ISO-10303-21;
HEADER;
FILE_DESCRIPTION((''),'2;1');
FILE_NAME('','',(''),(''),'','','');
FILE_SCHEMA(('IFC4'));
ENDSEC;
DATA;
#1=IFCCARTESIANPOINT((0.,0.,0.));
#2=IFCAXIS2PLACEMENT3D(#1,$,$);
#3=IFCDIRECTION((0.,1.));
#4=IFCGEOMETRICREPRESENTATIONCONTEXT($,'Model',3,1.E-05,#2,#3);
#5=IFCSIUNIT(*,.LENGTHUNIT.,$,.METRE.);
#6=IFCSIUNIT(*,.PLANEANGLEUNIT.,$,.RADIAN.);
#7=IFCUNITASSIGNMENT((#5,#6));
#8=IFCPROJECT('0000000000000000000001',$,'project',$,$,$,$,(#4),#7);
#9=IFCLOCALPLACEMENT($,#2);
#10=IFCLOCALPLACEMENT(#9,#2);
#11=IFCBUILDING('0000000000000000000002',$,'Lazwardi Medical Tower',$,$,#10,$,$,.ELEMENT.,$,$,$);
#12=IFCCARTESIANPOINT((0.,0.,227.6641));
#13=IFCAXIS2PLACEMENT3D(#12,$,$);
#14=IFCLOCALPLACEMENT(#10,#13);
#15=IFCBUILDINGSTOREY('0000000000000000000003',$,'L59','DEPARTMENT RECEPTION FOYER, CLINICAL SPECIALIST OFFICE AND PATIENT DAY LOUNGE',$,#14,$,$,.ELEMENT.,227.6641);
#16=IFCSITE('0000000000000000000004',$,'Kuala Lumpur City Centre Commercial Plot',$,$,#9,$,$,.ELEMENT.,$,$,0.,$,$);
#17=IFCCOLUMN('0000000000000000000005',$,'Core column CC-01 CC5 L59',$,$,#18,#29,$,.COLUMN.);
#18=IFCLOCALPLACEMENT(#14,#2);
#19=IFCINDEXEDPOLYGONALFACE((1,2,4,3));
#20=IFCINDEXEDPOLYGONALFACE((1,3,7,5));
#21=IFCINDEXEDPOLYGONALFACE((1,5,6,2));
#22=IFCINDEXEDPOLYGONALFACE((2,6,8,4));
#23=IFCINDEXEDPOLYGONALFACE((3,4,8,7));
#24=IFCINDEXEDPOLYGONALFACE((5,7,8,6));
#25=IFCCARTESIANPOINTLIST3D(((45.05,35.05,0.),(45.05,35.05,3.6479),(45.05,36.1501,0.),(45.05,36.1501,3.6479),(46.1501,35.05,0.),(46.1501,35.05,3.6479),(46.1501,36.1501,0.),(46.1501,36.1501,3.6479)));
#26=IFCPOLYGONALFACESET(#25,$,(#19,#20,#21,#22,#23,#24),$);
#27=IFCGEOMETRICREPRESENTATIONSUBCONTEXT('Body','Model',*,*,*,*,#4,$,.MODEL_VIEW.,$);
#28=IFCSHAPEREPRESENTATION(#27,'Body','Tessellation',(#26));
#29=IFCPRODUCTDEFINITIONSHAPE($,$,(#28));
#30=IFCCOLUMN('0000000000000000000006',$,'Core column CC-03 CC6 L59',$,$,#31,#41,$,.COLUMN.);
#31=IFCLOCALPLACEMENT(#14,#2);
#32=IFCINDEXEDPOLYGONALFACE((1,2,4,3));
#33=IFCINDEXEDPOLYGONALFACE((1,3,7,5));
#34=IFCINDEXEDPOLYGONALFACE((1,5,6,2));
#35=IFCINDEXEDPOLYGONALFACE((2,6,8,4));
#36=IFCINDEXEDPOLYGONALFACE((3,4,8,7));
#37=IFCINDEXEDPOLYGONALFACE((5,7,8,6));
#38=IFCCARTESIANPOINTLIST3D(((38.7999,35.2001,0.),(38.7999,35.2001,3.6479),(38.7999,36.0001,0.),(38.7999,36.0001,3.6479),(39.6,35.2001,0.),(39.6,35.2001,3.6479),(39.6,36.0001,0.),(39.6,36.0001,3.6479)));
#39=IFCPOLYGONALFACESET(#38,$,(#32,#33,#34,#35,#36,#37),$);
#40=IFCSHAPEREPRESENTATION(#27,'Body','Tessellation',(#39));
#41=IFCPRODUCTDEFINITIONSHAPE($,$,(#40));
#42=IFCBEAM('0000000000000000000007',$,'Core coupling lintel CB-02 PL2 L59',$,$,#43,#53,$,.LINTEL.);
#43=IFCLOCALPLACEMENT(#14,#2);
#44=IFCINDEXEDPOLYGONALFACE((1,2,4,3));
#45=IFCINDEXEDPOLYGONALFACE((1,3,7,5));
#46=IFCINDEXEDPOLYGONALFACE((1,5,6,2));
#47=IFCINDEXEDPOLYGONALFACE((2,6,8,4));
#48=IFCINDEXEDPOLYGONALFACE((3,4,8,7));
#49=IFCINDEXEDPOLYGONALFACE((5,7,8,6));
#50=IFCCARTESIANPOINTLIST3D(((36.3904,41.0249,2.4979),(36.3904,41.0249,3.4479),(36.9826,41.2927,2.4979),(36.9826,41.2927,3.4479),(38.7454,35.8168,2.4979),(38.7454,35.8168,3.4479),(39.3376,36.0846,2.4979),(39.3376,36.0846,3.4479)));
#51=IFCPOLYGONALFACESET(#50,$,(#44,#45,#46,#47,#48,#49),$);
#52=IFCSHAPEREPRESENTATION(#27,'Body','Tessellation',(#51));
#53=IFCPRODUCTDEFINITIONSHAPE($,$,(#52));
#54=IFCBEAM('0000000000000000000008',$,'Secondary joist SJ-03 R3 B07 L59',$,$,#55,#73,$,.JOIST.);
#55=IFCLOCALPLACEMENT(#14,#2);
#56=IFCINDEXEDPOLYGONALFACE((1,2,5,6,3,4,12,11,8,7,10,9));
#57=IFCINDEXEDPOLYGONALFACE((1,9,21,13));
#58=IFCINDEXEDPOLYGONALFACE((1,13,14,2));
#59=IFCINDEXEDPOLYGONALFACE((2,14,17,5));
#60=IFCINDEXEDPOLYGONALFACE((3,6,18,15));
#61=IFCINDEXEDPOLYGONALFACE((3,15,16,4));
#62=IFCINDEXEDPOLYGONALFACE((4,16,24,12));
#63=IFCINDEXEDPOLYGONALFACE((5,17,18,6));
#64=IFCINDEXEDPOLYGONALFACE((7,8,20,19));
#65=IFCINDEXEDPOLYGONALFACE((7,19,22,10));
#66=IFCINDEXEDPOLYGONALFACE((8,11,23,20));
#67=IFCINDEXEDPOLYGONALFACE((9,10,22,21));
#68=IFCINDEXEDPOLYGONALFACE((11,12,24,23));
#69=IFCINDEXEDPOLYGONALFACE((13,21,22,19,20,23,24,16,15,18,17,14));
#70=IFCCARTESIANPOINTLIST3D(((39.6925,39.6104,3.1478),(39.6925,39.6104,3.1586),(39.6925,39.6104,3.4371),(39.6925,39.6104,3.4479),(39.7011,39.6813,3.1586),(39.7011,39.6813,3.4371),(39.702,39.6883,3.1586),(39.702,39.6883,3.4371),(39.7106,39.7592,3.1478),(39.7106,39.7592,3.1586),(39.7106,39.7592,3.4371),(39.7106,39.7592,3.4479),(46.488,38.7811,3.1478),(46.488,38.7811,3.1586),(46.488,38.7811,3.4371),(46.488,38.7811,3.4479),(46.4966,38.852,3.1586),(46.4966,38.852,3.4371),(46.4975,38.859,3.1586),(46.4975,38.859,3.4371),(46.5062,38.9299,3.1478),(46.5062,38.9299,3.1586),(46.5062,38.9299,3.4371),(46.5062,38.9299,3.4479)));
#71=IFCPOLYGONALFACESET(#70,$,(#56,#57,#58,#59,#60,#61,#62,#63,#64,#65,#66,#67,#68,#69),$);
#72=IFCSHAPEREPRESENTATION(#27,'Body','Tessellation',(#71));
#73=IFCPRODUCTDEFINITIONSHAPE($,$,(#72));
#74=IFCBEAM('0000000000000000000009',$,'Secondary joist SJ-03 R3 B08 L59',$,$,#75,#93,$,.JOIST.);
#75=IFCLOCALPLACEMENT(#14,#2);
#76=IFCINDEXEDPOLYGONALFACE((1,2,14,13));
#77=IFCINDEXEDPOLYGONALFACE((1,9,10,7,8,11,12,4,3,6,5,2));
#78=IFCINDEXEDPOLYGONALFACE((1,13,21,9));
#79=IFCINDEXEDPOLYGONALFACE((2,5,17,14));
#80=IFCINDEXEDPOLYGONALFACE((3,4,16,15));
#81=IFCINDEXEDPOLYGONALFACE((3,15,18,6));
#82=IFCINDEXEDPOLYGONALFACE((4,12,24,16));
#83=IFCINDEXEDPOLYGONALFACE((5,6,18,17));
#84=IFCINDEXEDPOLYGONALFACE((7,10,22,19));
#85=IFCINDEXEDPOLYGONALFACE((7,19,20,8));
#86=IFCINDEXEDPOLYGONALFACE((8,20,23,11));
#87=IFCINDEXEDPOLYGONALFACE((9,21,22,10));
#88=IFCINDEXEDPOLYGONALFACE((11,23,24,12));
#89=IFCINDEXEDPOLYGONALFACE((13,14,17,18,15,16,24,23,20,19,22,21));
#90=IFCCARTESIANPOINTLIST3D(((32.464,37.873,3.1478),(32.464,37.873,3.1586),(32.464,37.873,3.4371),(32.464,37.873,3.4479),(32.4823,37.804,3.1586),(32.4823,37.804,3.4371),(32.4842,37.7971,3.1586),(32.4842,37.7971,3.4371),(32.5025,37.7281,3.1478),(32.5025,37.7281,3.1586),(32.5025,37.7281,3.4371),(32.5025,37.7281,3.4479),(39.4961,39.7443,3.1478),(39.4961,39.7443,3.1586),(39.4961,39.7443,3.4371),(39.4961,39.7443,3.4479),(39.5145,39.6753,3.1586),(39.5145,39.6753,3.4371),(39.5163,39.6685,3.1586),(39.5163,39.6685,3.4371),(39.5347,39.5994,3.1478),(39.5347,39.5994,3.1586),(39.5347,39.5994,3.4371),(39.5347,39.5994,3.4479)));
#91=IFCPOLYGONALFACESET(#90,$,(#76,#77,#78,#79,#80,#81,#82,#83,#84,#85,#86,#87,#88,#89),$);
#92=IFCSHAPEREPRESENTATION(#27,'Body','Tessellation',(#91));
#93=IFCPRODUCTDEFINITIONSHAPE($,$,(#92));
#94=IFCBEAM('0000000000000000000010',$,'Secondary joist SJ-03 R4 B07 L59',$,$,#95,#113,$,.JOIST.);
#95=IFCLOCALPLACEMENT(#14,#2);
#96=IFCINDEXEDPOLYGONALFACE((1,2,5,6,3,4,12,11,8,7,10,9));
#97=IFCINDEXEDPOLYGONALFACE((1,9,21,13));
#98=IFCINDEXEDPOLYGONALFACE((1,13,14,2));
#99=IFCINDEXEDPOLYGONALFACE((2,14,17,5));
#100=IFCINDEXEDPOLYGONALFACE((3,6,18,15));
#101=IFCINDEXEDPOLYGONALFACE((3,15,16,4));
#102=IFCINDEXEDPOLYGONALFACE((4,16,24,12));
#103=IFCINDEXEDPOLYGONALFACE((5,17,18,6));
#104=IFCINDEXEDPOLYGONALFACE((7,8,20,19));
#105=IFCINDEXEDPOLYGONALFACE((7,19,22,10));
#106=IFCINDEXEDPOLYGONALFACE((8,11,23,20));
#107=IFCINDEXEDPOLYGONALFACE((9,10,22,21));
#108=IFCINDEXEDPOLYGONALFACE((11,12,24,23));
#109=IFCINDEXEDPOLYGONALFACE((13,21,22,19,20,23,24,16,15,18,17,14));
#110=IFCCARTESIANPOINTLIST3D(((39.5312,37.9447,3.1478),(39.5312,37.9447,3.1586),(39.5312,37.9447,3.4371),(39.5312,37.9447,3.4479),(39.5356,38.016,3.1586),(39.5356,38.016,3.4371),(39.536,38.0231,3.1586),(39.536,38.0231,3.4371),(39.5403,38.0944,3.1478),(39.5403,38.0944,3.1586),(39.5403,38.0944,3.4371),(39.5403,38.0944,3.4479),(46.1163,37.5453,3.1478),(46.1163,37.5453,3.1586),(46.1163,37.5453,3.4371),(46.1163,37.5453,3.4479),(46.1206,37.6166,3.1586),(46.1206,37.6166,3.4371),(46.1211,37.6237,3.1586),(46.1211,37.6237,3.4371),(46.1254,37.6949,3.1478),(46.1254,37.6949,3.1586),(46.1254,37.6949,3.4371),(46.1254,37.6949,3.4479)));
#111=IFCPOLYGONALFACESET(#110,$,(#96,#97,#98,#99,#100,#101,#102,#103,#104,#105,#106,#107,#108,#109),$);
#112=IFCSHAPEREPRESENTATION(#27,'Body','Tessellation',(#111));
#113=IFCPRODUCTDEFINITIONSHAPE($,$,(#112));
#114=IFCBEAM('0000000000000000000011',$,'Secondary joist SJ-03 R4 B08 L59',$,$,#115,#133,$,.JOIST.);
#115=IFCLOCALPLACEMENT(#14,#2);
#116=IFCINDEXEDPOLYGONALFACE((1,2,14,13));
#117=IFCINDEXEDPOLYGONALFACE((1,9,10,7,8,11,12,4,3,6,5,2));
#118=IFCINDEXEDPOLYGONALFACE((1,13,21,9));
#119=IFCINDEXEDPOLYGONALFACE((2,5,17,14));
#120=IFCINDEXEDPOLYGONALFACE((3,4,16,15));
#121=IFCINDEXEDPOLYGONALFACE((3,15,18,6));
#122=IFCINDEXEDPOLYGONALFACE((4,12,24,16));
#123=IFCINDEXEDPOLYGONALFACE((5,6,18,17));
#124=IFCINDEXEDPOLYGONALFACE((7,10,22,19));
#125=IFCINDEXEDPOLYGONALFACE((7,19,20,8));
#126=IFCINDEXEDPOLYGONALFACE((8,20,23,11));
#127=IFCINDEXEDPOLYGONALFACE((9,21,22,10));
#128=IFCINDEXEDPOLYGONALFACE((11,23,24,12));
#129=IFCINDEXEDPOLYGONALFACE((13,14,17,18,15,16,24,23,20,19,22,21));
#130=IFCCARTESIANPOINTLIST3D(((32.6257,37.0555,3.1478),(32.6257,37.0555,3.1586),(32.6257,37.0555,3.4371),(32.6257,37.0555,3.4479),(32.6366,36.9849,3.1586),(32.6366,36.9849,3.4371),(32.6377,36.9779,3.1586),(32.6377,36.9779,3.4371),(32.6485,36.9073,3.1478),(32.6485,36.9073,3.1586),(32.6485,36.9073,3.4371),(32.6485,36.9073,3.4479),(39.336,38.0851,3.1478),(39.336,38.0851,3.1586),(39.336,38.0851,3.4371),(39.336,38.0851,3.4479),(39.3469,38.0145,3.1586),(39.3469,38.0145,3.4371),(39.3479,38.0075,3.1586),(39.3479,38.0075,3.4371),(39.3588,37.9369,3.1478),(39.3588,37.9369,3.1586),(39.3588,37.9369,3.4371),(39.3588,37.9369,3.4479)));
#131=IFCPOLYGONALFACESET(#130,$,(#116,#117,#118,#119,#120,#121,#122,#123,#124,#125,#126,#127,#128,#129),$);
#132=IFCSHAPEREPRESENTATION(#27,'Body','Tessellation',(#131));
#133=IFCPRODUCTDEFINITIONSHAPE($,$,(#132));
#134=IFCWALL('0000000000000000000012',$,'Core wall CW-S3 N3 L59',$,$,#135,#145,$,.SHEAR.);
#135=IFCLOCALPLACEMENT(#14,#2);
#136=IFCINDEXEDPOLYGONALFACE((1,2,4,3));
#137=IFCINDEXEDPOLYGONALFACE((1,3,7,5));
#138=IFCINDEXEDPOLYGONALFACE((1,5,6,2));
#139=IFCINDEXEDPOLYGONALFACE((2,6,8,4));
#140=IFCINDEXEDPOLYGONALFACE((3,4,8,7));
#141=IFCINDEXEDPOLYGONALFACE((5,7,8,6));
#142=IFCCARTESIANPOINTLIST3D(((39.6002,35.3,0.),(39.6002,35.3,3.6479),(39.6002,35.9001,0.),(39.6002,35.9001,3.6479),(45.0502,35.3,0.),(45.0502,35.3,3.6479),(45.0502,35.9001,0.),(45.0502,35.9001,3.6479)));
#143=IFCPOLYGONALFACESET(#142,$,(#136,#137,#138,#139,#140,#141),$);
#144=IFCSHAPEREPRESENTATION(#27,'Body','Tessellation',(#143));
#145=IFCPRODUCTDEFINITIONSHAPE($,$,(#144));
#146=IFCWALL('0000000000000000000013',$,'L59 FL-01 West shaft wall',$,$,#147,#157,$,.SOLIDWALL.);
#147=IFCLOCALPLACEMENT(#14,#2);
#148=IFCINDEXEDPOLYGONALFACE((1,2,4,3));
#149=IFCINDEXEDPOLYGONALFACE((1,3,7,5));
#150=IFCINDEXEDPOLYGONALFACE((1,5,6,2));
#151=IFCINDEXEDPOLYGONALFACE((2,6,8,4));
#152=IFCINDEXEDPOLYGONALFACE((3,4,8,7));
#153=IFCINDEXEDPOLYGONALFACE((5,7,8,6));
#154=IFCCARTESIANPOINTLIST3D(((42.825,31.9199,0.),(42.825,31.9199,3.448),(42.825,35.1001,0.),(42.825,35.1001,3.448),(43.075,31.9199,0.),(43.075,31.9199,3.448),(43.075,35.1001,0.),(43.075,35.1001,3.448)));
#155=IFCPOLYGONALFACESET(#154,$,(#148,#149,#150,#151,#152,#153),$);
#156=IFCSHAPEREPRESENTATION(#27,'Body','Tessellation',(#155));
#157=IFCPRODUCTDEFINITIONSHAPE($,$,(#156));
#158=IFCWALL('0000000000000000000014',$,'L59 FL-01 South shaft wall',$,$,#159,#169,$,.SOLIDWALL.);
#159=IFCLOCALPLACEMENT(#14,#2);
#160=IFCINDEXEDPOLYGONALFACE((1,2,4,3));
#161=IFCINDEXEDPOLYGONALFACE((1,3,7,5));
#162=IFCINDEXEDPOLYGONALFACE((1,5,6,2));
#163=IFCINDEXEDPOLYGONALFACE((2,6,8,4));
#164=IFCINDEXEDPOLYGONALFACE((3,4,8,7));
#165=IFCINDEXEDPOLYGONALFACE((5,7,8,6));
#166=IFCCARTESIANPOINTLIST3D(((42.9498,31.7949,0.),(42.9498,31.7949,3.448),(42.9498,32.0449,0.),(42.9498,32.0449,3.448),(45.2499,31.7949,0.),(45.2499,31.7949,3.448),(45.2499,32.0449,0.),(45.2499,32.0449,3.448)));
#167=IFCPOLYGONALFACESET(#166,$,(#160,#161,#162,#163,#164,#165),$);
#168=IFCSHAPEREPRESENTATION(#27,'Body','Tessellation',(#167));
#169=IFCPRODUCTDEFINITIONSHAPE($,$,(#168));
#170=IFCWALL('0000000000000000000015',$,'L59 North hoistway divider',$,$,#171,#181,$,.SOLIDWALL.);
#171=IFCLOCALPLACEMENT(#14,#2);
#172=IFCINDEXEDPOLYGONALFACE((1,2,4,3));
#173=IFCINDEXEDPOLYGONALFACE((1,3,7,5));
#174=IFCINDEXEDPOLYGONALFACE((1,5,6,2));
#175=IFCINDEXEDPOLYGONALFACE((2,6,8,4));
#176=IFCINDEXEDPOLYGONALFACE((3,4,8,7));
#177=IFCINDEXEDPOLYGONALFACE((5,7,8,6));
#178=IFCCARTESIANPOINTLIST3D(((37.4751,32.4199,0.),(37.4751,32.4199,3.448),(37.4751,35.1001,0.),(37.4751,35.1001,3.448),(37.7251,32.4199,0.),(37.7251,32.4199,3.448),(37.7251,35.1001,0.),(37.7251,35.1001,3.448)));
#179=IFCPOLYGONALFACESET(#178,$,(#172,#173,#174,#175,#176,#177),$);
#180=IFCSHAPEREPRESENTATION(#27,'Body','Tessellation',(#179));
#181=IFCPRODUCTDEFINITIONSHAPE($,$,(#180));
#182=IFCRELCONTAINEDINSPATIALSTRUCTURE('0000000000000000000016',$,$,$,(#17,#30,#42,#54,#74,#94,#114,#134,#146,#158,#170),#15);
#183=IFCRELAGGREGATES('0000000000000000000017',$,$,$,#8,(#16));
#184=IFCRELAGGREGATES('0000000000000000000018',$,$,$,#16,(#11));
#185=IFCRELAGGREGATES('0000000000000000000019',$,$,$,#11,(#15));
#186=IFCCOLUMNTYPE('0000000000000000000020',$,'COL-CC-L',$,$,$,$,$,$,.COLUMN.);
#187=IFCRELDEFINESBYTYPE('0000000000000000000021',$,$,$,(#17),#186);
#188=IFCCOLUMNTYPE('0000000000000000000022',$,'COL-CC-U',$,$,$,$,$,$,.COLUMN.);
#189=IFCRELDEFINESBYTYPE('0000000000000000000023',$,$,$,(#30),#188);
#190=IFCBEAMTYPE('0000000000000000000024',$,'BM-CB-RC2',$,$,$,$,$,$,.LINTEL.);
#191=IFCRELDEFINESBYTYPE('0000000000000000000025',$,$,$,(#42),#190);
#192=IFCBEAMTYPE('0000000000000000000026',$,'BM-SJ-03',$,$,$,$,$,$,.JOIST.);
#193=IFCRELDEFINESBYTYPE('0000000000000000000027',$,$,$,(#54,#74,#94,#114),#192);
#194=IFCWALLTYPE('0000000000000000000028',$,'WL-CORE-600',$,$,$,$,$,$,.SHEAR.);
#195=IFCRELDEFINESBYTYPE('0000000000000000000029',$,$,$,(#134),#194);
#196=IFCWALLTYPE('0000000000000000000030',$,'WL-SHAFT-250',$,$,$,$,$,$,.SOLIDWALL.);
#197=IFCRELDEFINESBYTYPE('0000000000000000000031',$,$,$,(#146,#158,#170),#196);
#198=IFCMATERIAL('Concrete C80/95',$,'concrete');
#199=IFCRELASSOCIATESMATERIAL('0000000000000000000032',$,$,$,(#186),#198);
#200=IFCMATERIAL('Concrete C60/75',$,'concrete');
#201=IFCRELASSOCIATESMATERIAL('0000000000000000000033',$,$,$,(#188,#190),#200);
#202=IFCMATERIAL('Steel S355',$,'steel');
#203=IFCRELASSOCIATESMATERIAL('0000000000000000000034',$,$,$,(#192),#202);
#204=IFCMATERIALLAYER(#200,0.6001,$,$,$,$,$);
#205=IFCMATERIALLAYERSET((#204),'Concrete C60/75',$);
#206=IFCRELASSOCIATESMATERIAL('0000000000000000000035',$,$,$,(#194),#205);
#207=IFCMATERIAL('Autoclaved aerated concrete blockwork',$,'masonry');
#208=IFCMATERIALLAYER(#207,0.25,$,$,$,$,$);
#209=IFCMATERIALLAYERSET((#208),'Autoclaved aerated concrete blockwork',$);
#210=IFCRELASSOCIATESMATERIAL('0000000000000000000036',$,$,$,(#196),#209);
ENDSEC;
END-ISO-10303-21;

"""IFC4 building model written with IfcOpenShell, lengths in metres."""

from ifc_helpers import new_model, si_unit, direction, frame, frame_2d, origin, origin_2d, place, context, subcontext, project, spatial, rectangle, i_section, extrude, material, layer, layer_set, material_profile, profile_set, type_object, element, save


model = new_model("IFC4")

# Units and contexts
model_context = context("Model", 3, precision=1e-05, world=origin(), true_north=direction((0.0, 1.0)))
body_context = subcontext(model_context, "Body", "Model", "MODEL_VIEW")
ifc_project = project(units=[si_unit("LENGTHUNIT", "METRE"), si_unit("PLANEANGLEUNIT", "RADIAN")], contexts=[model_context])

# Site, building, storey
site_placement = place(None, origin())
site = spatial("IfcSite", under=ifc_project, at=site_placement, Name="Kuala Lumpur City Centre Commercial Plot", CompositionType="ELEMENT", RefElevation=0.0)
building_placement = place(site_placement, origin())
building = spatial("IfcBuilding", under=site, at=building_placement, Name="Lazwardi Medical Tower", CompositionType="ELEMENT")
storey_placement = place(building_placement, frame((0.0, 0.0, 227.6641)))
storey = spatial("IfcBuildingStorey", under=building, at=storey_placement, Name="L59", Description="DEPARTMENT RECEPTION FOYER, CLINICAL SPECIALIST OFFICE AND PATIENT DAY LOUNGE", CompositionType="ELEMENT", Elevation=227.6641)

# Columns
ifc_material_1 = material(Name="Concrete C80/95", Category="concrete")
ifc_material_profile_1 = material_profile(ifc_material_1, rectangle(XDim=1.1001, YDim=1.1001, at=origin_2d()), Name="RC 1100x1100")
ifc_profile_set_1 = profile_set([ifc_material_profile_1], Name="Concrete C80/95")
column_type_1 = type_object("IfcColumnType", Name="COL-CC-L", PredefinedType="COLUMN", material=ifc_profile_set_1)
column_1_placement = place(storey_placement, frame((45.6001, 35.6001, 0.0), z_axis=(0.0, 0.0, 1.0), x_axis=(1.0, 0.0, 0.0)))
element("IfcColumn", 1, at=column_1_placement, inside=storey, type_object=column_type_1, Name="Core column CC-01 CC5 L59", PredefinedType="COLUMN", context=body_context, shape_type="SweptSolid", body=[
    extrude(rectangle(XDim=1.1001, YDim=1.1001, at=origin_2d()), origin(), (0.0, 0.0, 1.0), 3.6479),
])
ifc_material_2 = material(Name="Concrete C60/75", Category="concrete")
ifc_material_profile_2 = material_profile(ifc_material_2, rectangle(XDim=0.8, YDim=0.8, at=origin_2d()), Name="RC 800x800")
ifc_profile_set_2 = profile_set([ifc_material_profile_2], Name="Concrete C60/75")
column_type_2 = type_object("IfcColumnType", Name="COL-CC-U", PredefinedType="COLUMN", material=ifc_profile_set_2)
column_2_placement = place(storey_placement, frame((39.2, 35.6001, 0.0), z_axis=(0.0, 0.0, 1.0), x_axis=(1.0, 0.0, 0.0)))
element("IfcColumn", 2, at=column_2_placement, inside=storey, type_object=column_type_2, Name="Core column CC-03 CC6 L59", PredefinedType="COLUMN", context=body_context, shape_type="SweptSolid", body=[
    extrude(rectangle(XDim=0.8, YDim=0.8, at=origin_2d()), origin(), (0.0, 0.0, 1.0), 3.6479),
])

# Beams
ifc_material_profile_3 = material_profile(ifc_material_2, rectangle(XDim=0.6499, YDim=0.95, at=origin_2d()), Name="RC 650x950")
ifc_profile_set_3 = profile_set([ifc_material_profile_3], Name="Concrete C60/75")
beam_type_1 = type_object("IfcBeamType", Name="BM-CB-RC2", PredefinedType="LINTEL", material=ifc_profile_set_3)
beam_1_placement = place(storey_placement, frame((39.0415, 35.9507, 2.9729), z_axis=(-0.412019, 0.911175, 0.0), x_axis=(-0.911175, -0.412019, 0.0)))
element("IfcBeam", 3, at=beam_1_placement, inside=storey, type_object=beam_type_1, Name="Core coupling lintel CB-02 PL2 L59", PredefinedType="LINTEL", context=body_context, shape_type="SweptSolid", body=[
    extrude(rectangle(XDim=0.6499, YDim=0.95, at=origin_2d()), origin(), (0.0, 0.0, 1.0), 5.7158),
])
ifc_material_3 = material(Name="Steel S355", Category="steel")
ifc_material_profile_4 = material_profile(ifc_material_3, i_section(OverallWidth=0.1499, OverallDepth=0.3, WebThickness=0.0071, FlangeThickness=0.0107, at=origin_2d()), Name="IPE 300")
ifc_profile_set_4 = profile_set([ifc_material_profile_4], Name="Steel S355")
beam_type_2 = type_object("IfcBeamType", Name="BM-SJ-03", PredefinedType="JOIST", material=ifc_profile_set_4)
beam_2_placement = place(storey_placement, frame((46.4971, 38.8555, 3.2979), z_axis=(-0.992635, 0.121146, 0.0), x_axis=(-0.121146, -0.992635, 0.0)))
element("IfcBeam", 4, at=beam_2_placement, inside=storey, type_object=beam_type_2, Name="Secondary joist SJ-03 R3 B07 L59", PredefinedType="JOIST", context=body_context, shape_type="SweptSolid", body=[
    extrude(i_section(OverallWidth=0.1499, OverallDepth=0.3, WebThickness=0.0071, FlangeThickness=0.0107, at=origin_2d()), origin(), (0.0, 0.0, 1.0), 6.8459),
])
beam_3_placement = place(storey_placement, frame((39.5154, 39.6719, 3.2979), z_axis=(-0.966369, -0.257159, 0.0), x_axis=(0.257159, -0.966369, 0.0)))
element("IfcBeam", 5, at=beam_3_placement, inside=storey, type_object=beam_type_2, Name="Secondary joist SJ-03 R3 B08 L59", PredefinedType="JOIST", context=body_context, shape_type="SweptSolid", body=[
    extrude(i_section(OverallWidth=0.1499, OverallDepth=0.3, WebThickness=0.0071, FlangeThickness=0.0107, at=origin_2d()), origin(), (0.0, 0.0, 1.0), 7.2769),
])
beam_4_placement = place(storey_placement, frame((46.1208, 37.6201, 3.2979), z_axis=(-0.998166, 0.060544, 0.0), x_axis=(-0.060544, -0.998166, 0.0)))
element("IfcBeam", 6, at=beam_4_placement, inside=storey, type_object=beam_type_2, Name="Secondary joist SJ-03 R4 B07 L59", PredefinedType="JOIST", context=body_context, shape_type="SweptSolid", body=[
    extrude(i_section(OverallWidth=0.1499, OverallDepth=0.3, WebThickness=0.0071, FlangeThickness=0.0107, at=origin_2d()), origin(), (0.0, 0.0, 1.0), 6.5972),
])
beam_5_placement = place(storey_placement, frame((39.3474, 38.011, 3.2979), z_axis=(-0.988434, -0.151655, 0.0), x_axis=(0.151655, -0.988434, 0.0)))
element("IfcBeam", 7, at=beam_5_placement, inside=storey, type_object=beam_type_2, Name="Secondary joist SJ-03 R4 B08 L59", PredefinedType="JOIST", context=body_context, shape_type="SweptSolid", body=[
    extrude(i_section(OverallWidth=0.1499, OverallDepth=0.3, WebThickness=0.0071, FlangeThickness=0.0107, at=origin_2d()), origin(), (0.0, 0.0, 1.0), 6.7888),
])

# Walls
ifc_layer_1 = layer(ifc_material_2, 0.6001)
ifc_layer_set_1 = layer_set([ifc_layer_1], Name="Concrete C60/75")
wall_type_1 = type_object("IfcWallType", Name="WL-CORE-600", PredefinedType="SHEAR", material=ifc_layer_set_1)
wall_1_placement = place(storey_placement, frame((39.6001, 35.6001, 0.0), z_axis=(0.0, 0.0, 1.0), x_axis=(1.0, 0.0, 0.0)))
element("IfcWall", 8, at=wall_1_placement, inside=storey, type_object=wall_type_1, Name="Core wall CW-S3 N3 L59", PredefinedType="SHEAR", context=body_context, shape_type="SweptSolid", body=[
    extrude(rectangle(XDim=5.45, YDim=0.6001, at=frame_2d((2.7251, 0.0))), origin(), (0.0, 0.0, 1.0), 3.6479),
])
ifc_material_4 = material(Name="Autoclaved aerated concrete blockwork", Category="masonry")
ifc_layer_2 = layer(ifc_material_4, 0.25)
ifc_layer_set_2 = layer_set([ifc_layer_2], Name="Autoclaved aerated concrete blockwork")
wall_type_2 = type_object("IfcWallType", Name="WL-SHAFT-250", PredefinedType="SOLIDWALL", material=ifc_layer_set_2)
wall_2_placement = place(storey_placement, frame((42.95, 31.9199, 0.0), z_axis=(0.0, 0.0, 1.0), x_axis=(0.0, 1.0, 0.0)))
element("IfcWall", 9, at=wall_2_placement, inside=storey, type_object=wall_type_2, Name="L59 FL-01 West shaft wall", PredefinedType="SOLIDWALL", context=body_context, shape_type="SweptSolid", body=[
    extrude(rectangle(XDim=3.1802, YDim=0.25, at=frame_2d((1.5901, 0.0))), origin(), (0.0, 0.0, 1.0), 3.448),
])
wall_3_placement = place(storey_placement, frame((42.95, 31.9199, 0.0), z_axis=(0.0, 0.0, 1.0), x_axis=(1.0, 0.0, 0.0)))
element("IfcWall", 10, at=wall_3_placement, inside=storey, type_object=wall_type_2, Name="L59 FL-01 South shaft wall", PredefinedType="SOLIDWALL", context=body_context, shape_type="SweptSolid", body=[
    extrude(rectangle(XDim=2.3, YDim=0.25, at=frame_2d((1.1499, 0.0))), origin(), (0.0, 0.0, 1.0), 3.448),
])
for number, where, z_axis, x_axis, name in (
    (11, (37.6001, 32.4199, 0.0), (0.0, 0.0, 1.0), (0.0, 1.0, 0.0), "L59 North hoistway divider"),
):
    element("IfcWall", number, at=place(storey_placement, frame(where, z_axis=z_axis, x_axis=x_axis)), inside=storey, type_object=wall_type_2, Name=name, PredefinedType="SOLIDWALL", context=body_context, shape_type="SweptSolid", body=[
        extrude(rectangle(XDim=2.6802, YDim=0.25, at=frame_2d((1.3401, 0.0))), origin(), (0.0, 0.0, 1.0), 3.448),
    ])

save(model, "model.ifc")
